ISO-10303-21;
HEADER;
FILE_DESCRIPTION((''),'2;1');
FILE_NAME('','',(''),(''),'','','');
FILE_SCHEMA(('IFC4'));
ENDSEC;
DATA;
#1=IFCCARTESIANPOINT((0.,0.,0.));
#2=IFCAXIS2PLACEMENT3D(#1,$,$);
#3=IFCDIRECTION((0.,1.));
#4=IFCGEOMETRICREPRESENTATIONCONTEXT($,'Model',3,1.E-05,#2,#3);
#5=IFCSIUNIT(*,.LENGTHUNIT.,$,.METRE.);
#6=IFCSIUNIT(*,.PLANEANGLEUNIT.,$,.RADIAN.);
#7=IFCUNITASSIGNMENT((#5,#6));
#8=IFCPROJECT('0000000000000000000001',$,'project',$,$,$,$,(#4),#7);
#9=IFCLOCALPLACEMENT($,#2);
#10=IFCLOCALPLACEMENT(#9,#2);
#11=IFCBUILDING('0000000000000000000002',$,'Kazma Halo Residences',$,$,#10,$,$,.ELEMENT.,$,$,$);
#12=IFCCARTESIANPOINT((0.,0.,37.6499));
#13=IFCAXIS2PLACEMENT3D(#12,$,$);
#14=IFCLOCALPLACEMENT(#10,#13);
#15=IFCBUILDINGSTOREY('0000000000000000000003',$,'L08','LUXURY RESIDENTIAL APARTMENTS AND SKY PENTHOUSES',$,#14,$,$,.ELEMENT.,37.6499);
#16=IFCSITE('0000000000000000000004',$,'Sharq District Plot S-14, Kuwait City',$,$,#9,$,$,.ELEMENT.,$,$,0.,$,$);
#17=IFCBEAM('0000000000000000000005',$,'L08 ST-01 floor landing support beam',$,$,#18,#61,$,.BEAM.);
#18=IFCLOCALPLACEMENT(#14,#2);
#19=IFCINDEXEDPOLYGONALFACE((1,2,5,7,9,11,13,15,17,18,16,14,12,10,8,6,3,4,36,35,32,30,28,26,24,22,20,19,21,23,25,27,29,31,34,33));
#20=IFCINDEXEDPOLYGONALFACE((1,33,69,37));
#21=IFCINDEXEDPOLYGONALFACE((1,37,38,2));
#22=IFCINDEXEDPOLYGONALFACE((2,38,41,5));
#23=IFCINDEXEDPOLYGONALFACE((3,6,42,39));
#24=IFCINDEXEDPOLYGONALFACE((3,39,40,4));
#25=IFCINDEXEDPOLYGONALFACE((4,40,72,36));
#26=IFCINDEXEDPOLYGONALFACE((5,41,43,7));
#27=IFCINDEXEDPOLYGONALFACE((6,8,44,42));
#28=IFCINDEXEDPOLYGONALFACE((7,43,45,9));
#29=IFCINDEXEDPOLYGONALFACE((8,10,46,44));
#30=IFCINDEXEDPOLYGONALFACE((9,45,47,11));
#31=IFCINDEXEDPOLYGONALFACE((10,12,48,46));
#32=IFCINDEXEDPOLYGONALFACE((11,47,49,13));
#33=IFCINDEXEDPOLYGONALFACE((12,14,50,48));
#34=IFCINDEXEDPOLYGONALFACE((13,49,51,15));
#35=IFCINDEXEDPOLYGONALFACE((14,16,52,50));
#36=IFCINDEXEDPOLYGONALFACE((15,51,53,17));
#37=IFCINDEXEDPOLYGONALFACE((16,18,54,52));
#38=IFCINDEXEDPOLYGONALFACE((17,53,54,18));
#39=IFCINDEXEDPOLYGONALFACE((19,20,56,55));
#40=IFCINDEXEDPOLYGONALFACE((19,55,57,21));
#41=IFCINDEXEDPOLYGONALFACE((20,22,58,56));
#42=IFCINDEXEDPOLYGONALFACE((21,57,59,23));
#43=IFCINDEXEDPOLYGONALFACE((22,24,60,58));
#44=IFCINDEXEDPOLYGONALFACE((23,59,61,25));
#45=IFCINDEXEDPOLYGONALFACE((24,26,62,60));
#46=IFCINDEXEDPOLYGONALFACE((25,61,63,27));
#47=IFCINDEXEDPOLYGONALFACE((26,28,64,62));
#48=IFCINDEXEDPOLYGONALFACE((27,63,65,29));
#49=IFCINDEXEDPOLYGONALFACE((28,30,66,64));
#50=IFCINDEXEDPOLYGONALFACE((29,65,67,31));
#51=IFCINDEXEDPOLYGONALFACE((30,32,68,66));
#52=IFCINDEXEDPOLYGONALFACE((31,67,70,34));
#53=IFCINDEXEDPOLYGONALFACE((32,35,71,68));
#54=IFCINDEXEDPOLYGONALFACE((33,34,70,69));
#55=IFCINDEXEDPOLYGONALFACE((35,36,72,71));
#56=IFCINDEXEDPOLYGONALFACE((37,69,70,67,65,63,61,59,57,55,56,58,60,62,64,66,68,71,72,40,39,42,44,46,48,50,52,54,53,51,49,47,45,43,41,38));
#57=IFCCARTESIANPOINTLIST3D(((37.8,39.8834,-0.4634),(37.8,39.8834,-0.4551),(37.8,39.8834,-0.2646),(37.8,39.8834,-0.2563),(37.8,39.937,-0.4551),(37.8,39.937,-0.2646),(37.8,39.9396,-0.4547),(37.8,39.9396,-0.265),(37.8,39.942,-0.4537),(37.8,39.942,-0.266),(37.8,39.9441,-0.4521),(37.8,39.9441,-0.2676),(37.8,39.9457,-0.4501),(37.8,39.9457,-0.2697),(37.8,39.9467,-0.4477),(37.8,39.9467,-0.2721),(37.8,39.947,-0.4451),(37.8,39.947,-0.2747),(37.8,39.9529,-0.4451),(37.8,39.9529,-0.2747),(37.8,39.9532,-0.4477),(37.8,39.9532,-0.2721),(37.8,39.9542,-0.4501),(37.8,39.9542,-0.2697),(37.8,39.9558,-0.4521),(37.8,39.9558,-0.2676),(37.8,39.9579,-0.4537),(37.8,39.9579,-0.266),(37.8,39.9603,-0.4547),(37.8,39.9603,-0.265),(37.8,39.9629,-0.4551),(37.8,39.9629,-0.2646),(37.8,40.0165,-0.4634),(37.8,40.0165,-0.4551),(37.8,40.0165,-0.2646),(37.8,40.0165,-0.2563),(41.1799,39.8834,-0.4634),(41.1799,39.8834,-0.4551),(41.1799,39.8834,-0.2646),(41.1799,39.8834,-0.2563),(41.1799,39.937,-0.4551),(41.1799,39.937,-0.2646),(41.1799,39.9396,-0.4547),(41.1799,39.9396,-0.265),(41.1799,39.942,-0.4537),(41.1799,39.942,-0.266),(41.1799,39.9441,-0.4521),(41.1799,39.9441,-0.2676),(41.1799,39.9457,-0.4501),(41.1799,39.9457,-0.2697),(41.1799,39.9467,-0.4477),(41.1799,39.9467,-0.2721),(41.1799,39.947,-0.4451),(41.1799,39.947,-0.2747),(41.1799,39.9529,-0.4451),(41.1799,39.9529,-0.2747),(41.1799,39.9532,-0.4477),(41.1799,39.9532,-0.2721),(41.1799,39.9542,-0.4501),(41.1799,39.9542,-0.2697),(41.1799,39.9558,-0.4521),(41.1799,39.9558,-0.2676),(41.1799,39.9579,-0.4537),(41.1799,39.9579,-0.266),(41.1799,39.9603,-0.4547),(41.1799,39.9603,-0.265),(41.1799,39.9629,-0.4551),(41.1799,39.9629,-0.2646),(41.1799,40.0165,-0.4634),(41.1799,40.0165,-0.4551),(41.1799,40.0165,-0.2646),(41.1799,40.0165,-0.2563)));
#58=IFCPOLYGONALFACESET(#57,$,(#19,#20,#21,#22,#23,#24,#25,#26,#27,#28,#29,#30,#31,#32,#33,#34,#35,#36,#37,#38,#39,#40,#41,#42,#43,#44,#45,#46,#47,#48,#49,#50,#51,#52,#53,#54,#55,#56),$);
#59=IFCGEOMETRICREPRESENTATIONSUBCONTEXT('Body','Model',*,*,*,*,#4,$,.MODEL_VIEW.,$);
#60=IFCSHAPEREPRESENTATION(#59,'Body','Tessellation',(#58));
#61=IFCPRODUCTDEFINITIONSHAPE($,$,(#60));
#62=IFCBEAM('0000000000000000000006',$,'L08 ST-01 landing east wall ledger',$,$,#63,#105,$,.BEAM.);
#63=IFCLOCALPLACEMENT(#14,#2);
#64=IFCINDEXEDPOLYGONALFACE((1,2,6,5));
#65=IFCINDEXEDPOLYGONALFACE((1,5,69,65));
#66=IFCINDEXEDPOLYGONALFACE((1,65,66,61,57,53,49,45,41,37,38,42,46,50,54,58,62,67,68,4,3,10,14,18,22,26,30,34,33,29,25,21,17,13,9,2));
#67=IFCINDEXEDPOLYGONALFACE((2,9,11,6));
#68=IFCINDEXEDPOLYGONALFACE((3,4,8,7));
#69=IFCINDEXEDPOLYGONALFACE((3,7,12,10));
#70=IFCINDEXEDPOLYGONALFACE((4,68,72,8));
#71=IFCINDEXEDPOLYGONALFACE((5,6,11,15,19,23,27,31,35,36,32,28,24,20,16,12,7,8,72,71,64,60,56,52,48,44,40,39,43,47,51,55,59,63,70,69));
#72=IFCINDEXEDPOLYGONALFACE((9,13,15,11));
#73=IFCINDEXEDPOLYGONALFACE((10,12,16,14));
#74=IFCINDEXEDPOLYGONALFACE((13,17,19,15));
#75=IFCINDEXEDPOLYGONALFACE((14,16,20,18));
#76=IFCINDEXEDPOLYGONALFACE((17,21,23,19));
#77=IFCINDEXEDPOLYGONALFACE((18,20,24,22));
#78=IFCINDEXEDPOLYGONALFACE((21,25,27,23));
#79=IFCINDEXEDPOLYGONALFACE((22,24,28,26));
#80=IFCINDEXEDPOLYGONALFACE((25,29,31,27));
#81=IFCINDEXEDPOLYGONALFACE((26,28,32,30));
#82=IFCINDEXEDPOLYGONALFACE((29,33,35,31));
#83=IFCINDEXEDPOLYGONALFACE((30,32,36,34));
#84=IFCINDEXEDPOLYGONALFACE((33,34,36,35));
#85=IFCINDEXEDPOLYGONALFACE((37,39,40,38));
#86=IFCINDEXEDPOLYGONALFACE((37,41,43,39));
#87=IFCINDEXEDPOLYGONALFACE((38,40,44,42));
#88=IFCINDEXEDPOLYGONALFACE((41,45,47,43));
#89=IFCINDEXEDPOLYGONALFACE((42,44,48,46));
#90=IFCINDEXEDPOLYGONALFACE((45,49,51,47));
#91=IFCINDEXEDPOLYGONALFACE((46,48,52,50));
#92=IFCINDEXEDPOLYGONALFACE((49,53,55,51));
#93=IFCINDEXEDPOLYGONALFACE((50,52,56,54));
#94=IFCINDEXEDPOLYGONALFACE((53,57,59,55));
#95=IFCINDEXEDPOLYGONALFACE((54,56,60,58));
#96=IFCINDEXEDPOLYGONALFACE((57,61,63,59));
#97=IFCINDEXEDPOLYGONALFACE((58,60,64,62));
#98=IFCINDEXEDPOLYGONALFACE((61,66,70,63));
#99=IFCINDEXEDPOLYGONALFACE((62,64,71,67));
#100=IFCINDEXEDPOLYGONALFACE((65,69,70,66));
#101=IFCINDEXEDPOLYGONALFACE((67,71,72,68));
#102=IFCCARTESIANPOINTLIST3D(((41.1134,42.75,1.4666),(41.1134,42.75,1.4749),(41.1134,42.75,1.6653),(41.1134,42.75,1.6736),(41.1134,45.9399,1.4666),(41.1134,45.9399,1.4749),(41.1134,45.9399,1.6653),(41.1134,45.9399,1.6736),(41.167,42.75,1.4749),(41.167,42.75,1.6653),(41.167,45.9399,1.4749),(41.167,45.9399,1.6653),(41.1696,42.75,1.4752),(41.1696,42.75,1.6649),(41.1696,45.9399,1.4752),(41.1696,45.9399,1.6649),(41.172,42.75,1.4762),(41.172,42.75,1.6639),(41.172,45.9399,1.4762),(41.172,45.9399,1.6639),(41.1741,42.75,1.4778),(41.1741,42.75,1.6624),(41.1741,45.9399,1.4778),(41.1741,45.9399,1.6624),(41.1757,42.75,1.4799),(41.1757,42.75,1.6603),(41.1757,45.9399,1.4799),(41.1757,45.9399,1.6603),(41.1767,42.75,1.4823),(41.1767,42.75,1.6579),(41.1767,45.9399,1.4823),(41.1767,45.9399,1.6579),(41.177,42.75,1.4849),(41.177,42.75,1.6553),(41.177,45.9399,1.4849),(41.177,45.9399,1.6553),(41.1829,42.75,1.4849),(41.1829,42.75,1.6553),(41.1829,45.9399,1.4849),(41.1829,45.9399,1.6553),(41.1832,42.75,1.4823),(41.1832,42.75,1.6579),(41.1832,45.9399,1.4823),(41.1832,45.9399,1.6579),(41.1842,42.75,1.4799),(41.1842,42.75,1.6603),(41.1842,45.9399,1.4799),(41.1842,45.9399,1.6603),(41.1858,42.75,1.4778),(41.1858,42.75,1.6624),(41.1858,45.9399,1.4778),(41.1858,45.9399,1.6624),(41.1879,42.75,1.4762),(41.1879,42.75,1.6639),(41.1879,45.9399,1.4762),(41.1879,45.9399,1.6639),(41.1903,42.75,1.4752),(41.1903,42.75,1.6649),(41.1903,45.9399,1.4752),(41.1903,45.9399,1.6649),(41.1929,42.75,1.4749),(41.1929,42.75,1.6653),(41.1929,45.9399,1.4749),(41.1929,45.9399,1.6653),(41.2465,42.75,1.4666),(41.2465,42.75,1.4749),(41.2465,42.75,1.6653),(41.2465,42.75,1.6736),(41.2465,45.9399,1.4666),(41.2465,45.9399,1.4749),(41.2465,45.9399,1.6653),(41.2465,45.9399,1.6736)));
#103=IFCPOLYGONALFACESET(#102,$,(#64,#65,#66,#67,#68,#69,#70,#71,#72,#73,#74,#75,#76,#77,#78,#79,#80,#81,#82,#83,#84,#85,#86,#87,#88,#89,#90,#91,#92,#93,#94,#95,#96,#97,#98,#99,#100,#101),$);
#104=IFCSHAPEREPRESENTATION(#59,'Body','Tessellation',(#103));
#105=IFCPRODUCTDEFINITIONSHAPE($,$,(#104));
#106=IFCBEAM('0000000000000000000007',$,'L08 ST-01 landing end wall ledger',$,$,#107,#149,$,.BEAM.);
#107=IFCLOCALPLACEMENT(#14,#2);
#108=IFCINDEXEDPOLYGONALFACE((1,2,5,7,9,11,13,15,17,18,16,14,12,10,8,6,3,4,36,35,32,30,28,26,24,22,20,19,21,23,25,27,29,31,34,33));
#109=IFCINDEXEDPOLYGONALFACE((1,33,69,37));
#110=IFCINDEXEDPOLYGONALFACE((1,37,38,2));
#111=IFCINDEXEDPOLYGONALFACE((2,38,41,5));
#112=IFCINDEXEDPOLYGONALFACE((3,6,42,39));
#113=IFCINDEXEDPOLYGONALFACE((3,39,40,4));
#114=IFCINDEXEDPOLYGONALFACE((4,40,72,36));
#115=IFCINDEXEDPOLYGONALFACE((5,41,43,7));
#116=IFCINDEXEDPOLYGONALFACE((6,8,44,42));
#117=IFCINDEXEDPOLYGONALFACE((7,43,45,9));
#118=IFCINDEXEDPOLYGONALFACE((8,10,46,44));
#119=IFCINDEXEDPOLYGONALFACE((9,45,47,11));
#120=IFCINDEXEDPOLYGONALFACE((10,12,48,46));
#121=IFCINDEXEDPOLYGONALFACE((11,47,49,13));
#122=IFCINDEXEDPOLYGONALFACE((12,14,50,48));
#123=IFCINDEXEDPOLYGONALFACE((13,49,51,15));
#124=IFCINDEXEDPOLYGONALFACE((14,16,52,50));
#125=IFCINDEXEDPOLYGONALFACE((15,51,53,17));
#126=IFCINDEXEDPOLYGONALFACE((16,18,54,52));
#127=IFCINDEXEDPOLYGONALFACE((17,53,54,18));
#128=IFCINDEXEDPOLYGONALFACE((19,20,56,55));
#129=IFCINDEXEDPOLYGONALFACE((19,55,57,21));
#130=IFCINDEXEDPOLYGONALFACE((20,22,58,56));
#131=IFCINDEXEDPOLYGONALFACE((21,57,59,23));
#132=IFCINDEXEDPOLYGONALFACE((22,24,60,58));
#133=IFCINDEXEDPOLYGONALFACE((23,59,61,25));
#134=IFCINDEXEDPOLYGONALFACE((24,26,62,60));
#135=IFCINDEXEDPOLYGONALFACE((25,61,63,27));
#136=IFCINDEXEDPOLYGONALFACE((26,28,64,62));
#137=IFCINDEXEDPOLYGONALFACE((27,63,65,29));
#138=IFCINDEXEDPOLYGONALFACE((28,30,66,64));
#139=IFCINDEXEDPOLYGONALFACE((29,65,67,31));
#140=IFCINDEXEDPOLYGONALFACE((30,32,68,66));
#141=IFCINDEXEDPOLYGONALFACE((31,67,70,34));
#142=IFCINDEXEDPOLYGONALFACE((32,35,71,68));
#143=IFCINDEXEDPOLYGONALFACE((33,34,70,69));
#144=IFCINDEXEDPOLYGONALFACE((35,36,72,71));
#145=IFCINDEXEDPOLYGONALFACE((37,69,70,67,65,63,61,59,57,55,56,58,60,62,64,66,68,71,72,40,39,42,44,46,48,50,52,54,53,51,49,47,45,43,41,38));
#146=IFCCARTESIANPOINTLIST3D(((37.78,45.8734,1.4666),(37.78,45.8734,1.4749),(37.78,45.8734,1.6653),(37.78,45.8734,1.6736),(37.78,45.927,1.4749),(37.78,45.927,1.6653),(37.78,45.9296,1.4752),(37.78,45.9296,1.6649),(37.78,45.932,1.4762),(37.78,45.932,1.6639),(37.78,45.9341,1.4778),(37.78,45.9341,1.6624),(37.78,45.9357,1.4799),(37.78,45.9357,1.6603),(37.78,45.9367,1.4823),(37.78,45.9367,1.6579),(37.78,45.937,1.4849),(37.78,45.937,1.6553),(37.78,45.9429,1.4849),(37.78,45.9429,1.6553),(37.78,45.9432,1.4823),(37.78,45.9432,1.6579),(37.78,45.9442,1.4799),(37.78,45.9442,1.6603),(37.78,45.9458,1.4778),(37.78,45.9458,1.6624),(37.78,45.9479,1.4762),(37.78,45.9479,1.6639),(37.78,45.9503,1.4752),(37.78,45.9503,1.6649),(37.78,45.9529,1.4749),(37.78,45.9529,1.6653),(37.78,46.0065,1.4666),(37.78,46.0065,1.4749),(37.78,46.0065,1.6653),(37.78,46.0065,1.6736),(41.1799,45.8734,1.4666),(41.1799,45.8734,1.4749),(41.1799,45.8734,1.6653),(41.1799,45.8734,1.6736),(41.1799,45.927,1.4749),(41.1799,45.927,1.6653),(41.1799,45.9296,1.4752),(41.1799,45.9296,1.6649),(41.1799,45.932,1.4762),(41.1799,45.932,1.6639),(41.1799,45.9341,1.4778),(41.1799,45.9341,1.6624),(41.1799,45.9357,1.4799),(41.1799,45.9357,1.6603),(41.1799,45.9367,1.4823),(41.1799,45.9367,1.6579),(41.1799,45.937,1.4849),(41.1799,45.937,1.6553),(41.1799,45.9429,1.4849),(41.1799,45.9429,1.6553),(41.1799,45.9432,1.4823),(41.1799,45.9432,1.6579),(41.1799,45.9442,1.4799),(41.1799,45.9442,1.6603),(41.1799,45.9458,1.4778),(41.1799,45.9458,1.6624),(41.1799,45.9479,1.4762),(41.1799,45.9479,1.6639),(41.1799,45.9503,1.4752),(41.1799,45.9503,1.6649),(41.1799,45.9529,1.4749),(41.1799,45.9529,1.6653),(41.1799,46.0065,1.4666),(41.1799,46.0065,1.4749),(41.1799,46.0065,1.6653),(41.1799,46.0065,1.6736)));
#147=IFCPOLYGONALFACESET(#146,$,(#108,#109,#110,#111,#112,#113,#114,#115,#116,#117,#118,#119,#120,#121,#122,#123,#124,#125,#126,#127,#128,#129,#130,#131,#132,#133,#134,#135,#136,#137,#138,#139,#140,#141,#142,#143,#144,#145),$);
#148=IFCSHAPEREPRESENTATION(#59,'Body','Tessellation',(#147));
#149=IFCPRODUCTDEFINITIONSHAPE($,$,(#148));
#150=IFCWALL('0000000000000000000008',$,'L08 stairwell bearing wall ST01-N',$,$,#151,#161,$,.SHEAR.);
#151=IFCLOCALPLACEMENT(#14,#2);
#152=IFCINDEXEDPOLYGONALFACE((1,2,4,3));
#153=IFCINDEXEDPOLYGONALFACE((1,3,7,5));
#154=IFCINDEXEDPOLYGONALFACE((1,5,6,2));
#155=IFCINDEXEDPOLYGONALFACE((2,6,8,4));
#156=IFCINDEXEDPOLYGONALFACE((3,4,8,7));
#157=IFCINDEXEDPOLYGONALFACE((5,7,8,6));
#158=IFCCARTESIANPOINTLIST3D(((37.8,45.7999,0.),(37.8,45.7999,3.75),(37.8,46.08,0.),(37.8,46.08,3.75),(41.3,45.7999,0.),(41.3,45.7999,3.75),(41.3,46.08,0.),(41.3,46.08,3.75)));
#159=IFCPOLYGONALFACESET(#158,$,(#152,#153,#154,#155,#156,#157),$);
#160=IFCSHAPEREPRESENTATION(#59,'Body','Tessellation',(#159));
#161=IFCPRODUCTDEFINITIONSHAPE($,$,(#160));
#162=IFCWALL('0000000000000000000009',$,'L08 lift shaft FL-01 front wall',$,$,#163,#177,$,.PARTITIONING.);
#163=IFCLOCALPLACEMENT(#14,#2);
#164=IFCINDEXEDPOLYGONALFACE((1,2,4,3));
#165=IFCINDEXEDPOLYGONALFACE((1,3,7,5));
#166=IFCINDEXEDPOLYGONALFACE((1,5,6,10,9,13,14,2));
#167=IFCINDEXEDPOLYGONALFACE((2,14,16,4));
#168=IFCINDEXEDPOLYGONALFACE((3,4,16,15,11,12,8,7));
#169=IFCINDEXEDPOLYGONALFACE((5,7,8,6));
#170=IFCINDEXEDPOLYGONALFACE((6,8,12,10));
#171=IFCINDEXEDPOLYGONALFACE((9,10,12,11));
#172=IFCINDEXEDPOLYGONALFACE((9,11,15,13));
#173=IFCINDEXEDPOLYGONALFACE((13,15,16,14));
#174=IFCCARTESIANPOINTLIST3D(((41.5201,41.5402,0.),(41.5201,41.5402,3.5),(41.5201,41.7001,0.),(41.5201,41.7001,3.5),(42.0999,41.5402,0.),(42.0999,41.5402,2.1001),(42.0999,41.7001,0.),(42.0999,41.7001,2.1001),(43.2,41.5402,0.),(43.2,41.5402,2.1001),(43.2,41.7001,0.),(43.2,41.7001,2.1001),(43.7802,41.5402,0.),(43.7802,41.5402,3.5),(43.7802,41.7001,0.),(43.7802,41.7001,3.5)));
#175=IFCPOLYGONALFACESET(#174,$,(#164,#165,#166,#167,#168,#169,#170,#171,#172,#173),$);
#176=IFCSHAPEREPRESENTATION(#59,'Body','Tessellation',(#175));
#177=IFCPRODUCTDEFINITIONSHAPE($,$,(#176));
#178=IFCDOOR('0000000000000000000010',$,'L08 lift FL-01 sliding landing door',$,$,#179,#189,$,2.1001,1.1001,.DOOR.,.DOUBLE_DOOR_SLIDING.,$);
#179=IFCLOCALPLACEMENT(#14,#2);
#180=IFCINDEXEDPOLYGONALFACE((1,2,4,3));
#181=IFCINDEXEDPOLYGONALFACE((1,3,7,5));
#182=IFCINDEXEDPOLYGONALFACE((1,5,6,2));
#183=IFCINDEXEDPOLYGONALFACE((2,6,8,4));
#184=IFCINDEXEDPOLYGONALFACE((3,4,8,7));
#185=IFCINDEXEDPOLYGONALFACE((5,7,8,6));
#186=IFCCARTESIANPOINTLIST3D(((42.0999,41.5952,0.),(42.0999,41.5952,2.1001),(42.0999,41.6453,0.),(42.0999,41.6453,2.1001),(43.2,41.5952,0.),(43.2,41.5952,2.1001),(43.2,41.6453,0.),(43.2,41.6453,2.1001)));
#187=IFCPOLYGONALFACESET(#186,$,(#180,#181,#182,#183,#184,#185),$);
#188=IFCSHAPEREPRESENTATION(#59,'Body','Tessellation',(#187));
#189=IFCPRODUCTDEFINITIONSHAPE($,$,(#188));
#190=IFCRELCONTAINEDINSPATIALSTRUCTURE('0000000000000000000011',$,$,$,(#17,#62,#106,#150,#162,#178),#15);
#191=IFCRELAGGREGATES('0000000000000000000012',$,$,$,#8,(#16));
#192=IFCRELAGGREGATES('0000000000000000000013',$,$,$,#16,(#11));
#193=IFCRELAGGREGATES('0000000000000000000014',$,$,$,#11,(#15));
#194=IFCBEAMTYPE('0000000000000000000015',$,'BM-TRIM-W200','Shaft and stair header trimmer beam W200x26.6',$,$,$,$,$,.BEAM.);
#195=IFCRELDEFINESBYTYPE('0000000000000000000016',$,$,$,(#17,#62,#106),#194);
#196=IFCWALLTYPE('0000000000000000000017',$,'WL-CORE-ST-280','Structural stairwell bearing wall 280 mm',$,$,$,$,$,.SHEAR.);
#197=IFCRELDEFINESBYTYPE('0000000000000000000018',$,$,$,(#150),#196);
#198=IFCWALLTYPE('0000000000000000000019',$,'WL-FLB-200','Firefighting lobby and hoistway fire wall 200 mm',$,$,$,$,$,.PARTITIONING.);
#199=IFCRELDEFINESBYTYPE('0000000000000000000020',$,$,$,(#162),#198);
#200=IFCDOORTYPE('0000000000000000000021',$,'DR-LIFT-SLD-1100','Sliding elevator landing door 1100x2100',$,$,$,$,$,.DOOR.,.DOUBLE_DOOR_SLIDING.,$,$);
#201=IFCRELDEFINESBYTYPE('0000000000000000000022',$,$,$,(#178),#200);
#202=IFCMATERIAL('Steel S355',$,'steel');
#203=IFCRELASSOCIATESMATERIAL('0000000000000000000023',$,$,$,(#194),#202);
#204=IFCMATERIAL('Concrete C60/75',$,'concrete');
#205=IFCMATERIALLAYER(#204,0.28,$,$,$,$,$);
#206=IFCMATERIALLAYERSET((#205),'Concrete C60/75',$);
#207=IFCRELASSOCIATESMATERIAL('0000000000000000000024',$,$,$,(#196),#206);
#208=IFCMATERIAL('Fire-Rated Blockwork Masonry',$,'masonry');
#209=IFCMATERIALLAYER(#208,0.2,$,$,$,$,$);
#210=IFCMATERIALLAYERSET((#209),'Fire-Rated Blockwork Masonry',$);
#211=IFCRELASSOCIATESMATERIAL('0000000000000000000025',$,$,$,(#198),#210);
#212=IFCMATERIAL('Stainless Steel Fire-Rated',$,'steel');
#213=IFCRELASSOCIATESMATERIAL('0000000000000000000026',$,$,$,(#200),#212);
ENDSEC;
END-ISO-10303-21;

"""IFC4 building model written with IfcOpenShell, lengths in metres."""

from ifc_helpers import new_model, si_unit, direction, frame, frame_2d, origin, origin_2d, place, context, subcontext, project, spatial, rectangle, i_section, extrude, material, layer, layer_set, material_profile, profile_set, type_object, element, fill, save


model = new_model("IFC4")

# Units and contexts
model_context = context("Model", 3, precision=1e-05, world=origin(), true_north=direction((0.0, 1.0)))
body_context = subcontext(model_context, "Body", "Model", "MODEL_VIEW")
ifc_project = project(units=[si_unit("LENGTHUNIT", "METRE"), si_unit("PLANEANGLEUNIT", "RADIAN")], contexts=[model_context])

# Site, building, storey
site_placement = place(None, origin())
site = spatial("IfcSite", under=ifc_project, at=site_placement, Name="Sharq District Plot S-14, Kuwait City", CompositionType="ELEMENT", RefElevation=0.0)
building_placement = place(site_placement, origin())
building = spatial("IfcBuilding", under=site, at=building_placement, Name="Kazma Halo Residences", CompositionType="ELEMENT")
storey_placement = place(building_placement, frame((0.0, 0.0, 37.6499)))
storey = spatial("IfcBuildingStorey", under=building, at=storey_placement, Name="L08", Description="LUXURY RESIDENTIAL APARTMENTS AND SKY PENTHOUSES", CompositionType="ELEMENT", Elevation=37.6499)

# Shared definitions
ifc_material_1 = material(Name="Steel S355", Category="steel")

# Beams
ifc_material_profile_1 = material_profile(ifc_material_1, i_section(OverallWidth=0.1331, OverallDepth=0.207, WebThickness=0.0059, FlangeThickness=0.0083, FilletRadius=0.01, at=origin_2d()), Name="W200x26.6")
ifc_profile_set_1 = profile_set([ifc_material_profile_1], Name="Steel S355")
beam_type_1 = type_object("IfcBeamType", Name="BM-TRIM-W200", Description="Shaft and stair header trimmer beam W200x26.6", PredefinedType="BEAM", material=ifc_profile_set_1)
beam_1_placement = place(storey_placement, frame((37.8, 39.95, -0.3599), z_axis=(1.0, 0.0, 0.0), x_axis=(0.0, 1.0, 0.0)))
element("IfcBeam", 1, at=beam_1_placement, inside=storey, type_object=beam_type_1, Name="L08 ST-01 floor landing support beam", PredefinedType="BEAM", context=body_context, shape_type="SweptSolid", body=[
    extrude(i_section(OverallWidth=0.1331, OverallDepth=0.207, WebThickness=0.0059, FlangeThickness=0.0083, FilletRadius=0.01, at=origin_2d()), origin(), (0.0, 0.0, 1.0), 3.3799),
])
beam_2_placement = place(storey_placement, frame((41.1799, 42.75, 1.5701), z_axis=(0.0, 1.0, 0.0), x_axis=(-1.0, 0.0, 0.0)))
element("IfcBeam", 2, at=beam_2_placement, inside=storey, type_object=beam_type_1, Name="L08 ST-01 landing east wall ledger", PredefinedType="BEAM", context=body_context, shape_type="SweptSolid", body=[
    extrude(i_section(OverallWidth=0.1331, OverallDepth=0.207, WebThickness=0.0059, FlangeThickness=0.0083, FilletRadius=0.01, at=origin_2d()), origin(), (0.0, 0.0, 1.0), 3.1899),
])
beam_3_placement = place(storey_placement, frame((37.78, 45.9399, 1.5701), z_axis=(1.0, 0.0, 0.0), x_axis=(0.0, 1.0, 0.0)))
element("IfcBeam", 3, at=beam_3_placement, inside=storey, type_object=beam_type_1, Name="L08 ST-01 landing end wall ledger", PredefinedType="BEAM", context=body_context, shape_type="SweptSolid", body=[
    extrude(i_section(OverallWidth=0.1331, OverallDepth=0.207, WebThickness=0.0059, FlangeThickness=0.0083, FilletRadius=0.01, at=origin_2d()), origin(), (0.0, 0.0, 1.0), 3.3999),
])

# Wall
ifc_material_2 = material(Name="Concrete C60/75", Category="concrete")
ifc_layer_1 = layer(ifc_material_2, 0.28)
ifc_layer_set_1 = layer_set([ifc_layer_1], Name="Concrete C60/75")
wall_type_1 = type_object("IfcWallType", Name="WL-CORE-ST-280", Description="Structural stairwell bearing wall 280 mm", PredefinedType="SHEAR", material=ifc_layer_set_1)
wall_1_placement = place(storey_placement, frame((37.8, 45.9399, 0.0), z_axis=(0.0, 0.0, 1.0), x_axis=(1.0, 0.0, 0.0)))
element("IfcWall", 4, at=wall_1_placement, inside=storey, type_object=wall_type_1, Name="L08 stairwell bearing wall ST01-N", PredefinedType="SHEAR", context=body_context, shape_type="SweptSolid", body=[
    extrude(rectangle(XDim=3.5, YDim=0.28, at=frame_2d((1.75, 0.0))), origin(), (0.0, 0.0, 1.0), 3.75),
])

# Wall, opening, door
ifc_material_3 = material(Name="Fire-Rated Blockwork Masonry", Category="masonry")
ifc_layer_2 = layer(ifc_material_3, 0.2)
ifc_layer_set_2 = layer_set([ifc_layer_2], Name="Fire-Rated Blockwork Masonry")
wall_type_2 = type_object("IfcWallType", Name="WL-FLB-200", Description="Firefighting lobby and hoistway fire wall 200 mm", PredefinedType="PARTITIONING", material=ifc_layer_set_2)
wall_2_placement = place(storey_placement, frame((43.78, 41.6201, 0.0), z_axis=(0.0, 0.0, 1.0), x_axis=(-1.0, 0.0, 0.0)))
wall_2 = element("IfcWall", 5, at=wall_2_placement, inside=storey, type_object=wall_type_2, Name="L08 lift shaft FL-01 front wall", PredefinedType="PARTITIONING", context=body_context, shape_type="SweptSolid", body=[
    extrude(rectangle(XDim=2.26, YDim=0.1599, at=frame_2d((1.1299, 0.0))), origin(), (0.0, 0.0, 1.0), 3.5),
])
opening_1_placement = place(wall_2_placement, frame((0.5801, 0.0, 0.0)))
opening_1 = element("IfcOpeningElement", 6, at=opening_1_placement, cuts=wall_2, PredefinedType="OPENING", context=body_context, shape_type="SweptSolid", body=[
    extrude(rectangle(XDim=1.1001, YDim=2.1001, at=frame_2d((0.55, 1.05))), frame((0.0, 0.0898, 0.0), z_axis=(0.0, -1.0, 0.0), x_axis=(1.0, 0.0, 0.0)), (0.0, 0.0, 1.0), 0.1799),
])
ifc_material_4 = material(Name="Stainless Steel Fire-Rated", Category="steel")
door_type_1 = type_object("IfcDoorType", Name="DR-LIFT-SLD-1100", Description="Sliding elevator landing door 1100x2100", OperationType="DOUBLE_DOOR_SLIDING", PredefinedType="DOOR", material=ifc_material_4)
door_1_placement = place(opening_1_placement, origin())
door_1 = element("IfcDoor", 7, at=door_1_placement, inside=storey, type_object=door_type_1, Name="L08 lift FL-01 sliding landing door", OperationType="DOUBLE_DOOR_SLIDING", OverallHeight=2.1001, OverallWidth=1.1001, PredefinedType="DOOR", context=body_context, shape_type="SweptSolid", body=[
    extrude(rectangle(XDim=1.1001, YDim=2.1001, at=frame_2d((0.55, 1.05))), frame((0.0, 0.0249, 0.0), z_axis=(0.0, -1.0, 0.0), x_axis=(1.0, 0.0, 0.0)), (0.0, 0.0, 1.0), 0.05),
])
fill(opening_1, door_1)

save(model, "model.ifc")
